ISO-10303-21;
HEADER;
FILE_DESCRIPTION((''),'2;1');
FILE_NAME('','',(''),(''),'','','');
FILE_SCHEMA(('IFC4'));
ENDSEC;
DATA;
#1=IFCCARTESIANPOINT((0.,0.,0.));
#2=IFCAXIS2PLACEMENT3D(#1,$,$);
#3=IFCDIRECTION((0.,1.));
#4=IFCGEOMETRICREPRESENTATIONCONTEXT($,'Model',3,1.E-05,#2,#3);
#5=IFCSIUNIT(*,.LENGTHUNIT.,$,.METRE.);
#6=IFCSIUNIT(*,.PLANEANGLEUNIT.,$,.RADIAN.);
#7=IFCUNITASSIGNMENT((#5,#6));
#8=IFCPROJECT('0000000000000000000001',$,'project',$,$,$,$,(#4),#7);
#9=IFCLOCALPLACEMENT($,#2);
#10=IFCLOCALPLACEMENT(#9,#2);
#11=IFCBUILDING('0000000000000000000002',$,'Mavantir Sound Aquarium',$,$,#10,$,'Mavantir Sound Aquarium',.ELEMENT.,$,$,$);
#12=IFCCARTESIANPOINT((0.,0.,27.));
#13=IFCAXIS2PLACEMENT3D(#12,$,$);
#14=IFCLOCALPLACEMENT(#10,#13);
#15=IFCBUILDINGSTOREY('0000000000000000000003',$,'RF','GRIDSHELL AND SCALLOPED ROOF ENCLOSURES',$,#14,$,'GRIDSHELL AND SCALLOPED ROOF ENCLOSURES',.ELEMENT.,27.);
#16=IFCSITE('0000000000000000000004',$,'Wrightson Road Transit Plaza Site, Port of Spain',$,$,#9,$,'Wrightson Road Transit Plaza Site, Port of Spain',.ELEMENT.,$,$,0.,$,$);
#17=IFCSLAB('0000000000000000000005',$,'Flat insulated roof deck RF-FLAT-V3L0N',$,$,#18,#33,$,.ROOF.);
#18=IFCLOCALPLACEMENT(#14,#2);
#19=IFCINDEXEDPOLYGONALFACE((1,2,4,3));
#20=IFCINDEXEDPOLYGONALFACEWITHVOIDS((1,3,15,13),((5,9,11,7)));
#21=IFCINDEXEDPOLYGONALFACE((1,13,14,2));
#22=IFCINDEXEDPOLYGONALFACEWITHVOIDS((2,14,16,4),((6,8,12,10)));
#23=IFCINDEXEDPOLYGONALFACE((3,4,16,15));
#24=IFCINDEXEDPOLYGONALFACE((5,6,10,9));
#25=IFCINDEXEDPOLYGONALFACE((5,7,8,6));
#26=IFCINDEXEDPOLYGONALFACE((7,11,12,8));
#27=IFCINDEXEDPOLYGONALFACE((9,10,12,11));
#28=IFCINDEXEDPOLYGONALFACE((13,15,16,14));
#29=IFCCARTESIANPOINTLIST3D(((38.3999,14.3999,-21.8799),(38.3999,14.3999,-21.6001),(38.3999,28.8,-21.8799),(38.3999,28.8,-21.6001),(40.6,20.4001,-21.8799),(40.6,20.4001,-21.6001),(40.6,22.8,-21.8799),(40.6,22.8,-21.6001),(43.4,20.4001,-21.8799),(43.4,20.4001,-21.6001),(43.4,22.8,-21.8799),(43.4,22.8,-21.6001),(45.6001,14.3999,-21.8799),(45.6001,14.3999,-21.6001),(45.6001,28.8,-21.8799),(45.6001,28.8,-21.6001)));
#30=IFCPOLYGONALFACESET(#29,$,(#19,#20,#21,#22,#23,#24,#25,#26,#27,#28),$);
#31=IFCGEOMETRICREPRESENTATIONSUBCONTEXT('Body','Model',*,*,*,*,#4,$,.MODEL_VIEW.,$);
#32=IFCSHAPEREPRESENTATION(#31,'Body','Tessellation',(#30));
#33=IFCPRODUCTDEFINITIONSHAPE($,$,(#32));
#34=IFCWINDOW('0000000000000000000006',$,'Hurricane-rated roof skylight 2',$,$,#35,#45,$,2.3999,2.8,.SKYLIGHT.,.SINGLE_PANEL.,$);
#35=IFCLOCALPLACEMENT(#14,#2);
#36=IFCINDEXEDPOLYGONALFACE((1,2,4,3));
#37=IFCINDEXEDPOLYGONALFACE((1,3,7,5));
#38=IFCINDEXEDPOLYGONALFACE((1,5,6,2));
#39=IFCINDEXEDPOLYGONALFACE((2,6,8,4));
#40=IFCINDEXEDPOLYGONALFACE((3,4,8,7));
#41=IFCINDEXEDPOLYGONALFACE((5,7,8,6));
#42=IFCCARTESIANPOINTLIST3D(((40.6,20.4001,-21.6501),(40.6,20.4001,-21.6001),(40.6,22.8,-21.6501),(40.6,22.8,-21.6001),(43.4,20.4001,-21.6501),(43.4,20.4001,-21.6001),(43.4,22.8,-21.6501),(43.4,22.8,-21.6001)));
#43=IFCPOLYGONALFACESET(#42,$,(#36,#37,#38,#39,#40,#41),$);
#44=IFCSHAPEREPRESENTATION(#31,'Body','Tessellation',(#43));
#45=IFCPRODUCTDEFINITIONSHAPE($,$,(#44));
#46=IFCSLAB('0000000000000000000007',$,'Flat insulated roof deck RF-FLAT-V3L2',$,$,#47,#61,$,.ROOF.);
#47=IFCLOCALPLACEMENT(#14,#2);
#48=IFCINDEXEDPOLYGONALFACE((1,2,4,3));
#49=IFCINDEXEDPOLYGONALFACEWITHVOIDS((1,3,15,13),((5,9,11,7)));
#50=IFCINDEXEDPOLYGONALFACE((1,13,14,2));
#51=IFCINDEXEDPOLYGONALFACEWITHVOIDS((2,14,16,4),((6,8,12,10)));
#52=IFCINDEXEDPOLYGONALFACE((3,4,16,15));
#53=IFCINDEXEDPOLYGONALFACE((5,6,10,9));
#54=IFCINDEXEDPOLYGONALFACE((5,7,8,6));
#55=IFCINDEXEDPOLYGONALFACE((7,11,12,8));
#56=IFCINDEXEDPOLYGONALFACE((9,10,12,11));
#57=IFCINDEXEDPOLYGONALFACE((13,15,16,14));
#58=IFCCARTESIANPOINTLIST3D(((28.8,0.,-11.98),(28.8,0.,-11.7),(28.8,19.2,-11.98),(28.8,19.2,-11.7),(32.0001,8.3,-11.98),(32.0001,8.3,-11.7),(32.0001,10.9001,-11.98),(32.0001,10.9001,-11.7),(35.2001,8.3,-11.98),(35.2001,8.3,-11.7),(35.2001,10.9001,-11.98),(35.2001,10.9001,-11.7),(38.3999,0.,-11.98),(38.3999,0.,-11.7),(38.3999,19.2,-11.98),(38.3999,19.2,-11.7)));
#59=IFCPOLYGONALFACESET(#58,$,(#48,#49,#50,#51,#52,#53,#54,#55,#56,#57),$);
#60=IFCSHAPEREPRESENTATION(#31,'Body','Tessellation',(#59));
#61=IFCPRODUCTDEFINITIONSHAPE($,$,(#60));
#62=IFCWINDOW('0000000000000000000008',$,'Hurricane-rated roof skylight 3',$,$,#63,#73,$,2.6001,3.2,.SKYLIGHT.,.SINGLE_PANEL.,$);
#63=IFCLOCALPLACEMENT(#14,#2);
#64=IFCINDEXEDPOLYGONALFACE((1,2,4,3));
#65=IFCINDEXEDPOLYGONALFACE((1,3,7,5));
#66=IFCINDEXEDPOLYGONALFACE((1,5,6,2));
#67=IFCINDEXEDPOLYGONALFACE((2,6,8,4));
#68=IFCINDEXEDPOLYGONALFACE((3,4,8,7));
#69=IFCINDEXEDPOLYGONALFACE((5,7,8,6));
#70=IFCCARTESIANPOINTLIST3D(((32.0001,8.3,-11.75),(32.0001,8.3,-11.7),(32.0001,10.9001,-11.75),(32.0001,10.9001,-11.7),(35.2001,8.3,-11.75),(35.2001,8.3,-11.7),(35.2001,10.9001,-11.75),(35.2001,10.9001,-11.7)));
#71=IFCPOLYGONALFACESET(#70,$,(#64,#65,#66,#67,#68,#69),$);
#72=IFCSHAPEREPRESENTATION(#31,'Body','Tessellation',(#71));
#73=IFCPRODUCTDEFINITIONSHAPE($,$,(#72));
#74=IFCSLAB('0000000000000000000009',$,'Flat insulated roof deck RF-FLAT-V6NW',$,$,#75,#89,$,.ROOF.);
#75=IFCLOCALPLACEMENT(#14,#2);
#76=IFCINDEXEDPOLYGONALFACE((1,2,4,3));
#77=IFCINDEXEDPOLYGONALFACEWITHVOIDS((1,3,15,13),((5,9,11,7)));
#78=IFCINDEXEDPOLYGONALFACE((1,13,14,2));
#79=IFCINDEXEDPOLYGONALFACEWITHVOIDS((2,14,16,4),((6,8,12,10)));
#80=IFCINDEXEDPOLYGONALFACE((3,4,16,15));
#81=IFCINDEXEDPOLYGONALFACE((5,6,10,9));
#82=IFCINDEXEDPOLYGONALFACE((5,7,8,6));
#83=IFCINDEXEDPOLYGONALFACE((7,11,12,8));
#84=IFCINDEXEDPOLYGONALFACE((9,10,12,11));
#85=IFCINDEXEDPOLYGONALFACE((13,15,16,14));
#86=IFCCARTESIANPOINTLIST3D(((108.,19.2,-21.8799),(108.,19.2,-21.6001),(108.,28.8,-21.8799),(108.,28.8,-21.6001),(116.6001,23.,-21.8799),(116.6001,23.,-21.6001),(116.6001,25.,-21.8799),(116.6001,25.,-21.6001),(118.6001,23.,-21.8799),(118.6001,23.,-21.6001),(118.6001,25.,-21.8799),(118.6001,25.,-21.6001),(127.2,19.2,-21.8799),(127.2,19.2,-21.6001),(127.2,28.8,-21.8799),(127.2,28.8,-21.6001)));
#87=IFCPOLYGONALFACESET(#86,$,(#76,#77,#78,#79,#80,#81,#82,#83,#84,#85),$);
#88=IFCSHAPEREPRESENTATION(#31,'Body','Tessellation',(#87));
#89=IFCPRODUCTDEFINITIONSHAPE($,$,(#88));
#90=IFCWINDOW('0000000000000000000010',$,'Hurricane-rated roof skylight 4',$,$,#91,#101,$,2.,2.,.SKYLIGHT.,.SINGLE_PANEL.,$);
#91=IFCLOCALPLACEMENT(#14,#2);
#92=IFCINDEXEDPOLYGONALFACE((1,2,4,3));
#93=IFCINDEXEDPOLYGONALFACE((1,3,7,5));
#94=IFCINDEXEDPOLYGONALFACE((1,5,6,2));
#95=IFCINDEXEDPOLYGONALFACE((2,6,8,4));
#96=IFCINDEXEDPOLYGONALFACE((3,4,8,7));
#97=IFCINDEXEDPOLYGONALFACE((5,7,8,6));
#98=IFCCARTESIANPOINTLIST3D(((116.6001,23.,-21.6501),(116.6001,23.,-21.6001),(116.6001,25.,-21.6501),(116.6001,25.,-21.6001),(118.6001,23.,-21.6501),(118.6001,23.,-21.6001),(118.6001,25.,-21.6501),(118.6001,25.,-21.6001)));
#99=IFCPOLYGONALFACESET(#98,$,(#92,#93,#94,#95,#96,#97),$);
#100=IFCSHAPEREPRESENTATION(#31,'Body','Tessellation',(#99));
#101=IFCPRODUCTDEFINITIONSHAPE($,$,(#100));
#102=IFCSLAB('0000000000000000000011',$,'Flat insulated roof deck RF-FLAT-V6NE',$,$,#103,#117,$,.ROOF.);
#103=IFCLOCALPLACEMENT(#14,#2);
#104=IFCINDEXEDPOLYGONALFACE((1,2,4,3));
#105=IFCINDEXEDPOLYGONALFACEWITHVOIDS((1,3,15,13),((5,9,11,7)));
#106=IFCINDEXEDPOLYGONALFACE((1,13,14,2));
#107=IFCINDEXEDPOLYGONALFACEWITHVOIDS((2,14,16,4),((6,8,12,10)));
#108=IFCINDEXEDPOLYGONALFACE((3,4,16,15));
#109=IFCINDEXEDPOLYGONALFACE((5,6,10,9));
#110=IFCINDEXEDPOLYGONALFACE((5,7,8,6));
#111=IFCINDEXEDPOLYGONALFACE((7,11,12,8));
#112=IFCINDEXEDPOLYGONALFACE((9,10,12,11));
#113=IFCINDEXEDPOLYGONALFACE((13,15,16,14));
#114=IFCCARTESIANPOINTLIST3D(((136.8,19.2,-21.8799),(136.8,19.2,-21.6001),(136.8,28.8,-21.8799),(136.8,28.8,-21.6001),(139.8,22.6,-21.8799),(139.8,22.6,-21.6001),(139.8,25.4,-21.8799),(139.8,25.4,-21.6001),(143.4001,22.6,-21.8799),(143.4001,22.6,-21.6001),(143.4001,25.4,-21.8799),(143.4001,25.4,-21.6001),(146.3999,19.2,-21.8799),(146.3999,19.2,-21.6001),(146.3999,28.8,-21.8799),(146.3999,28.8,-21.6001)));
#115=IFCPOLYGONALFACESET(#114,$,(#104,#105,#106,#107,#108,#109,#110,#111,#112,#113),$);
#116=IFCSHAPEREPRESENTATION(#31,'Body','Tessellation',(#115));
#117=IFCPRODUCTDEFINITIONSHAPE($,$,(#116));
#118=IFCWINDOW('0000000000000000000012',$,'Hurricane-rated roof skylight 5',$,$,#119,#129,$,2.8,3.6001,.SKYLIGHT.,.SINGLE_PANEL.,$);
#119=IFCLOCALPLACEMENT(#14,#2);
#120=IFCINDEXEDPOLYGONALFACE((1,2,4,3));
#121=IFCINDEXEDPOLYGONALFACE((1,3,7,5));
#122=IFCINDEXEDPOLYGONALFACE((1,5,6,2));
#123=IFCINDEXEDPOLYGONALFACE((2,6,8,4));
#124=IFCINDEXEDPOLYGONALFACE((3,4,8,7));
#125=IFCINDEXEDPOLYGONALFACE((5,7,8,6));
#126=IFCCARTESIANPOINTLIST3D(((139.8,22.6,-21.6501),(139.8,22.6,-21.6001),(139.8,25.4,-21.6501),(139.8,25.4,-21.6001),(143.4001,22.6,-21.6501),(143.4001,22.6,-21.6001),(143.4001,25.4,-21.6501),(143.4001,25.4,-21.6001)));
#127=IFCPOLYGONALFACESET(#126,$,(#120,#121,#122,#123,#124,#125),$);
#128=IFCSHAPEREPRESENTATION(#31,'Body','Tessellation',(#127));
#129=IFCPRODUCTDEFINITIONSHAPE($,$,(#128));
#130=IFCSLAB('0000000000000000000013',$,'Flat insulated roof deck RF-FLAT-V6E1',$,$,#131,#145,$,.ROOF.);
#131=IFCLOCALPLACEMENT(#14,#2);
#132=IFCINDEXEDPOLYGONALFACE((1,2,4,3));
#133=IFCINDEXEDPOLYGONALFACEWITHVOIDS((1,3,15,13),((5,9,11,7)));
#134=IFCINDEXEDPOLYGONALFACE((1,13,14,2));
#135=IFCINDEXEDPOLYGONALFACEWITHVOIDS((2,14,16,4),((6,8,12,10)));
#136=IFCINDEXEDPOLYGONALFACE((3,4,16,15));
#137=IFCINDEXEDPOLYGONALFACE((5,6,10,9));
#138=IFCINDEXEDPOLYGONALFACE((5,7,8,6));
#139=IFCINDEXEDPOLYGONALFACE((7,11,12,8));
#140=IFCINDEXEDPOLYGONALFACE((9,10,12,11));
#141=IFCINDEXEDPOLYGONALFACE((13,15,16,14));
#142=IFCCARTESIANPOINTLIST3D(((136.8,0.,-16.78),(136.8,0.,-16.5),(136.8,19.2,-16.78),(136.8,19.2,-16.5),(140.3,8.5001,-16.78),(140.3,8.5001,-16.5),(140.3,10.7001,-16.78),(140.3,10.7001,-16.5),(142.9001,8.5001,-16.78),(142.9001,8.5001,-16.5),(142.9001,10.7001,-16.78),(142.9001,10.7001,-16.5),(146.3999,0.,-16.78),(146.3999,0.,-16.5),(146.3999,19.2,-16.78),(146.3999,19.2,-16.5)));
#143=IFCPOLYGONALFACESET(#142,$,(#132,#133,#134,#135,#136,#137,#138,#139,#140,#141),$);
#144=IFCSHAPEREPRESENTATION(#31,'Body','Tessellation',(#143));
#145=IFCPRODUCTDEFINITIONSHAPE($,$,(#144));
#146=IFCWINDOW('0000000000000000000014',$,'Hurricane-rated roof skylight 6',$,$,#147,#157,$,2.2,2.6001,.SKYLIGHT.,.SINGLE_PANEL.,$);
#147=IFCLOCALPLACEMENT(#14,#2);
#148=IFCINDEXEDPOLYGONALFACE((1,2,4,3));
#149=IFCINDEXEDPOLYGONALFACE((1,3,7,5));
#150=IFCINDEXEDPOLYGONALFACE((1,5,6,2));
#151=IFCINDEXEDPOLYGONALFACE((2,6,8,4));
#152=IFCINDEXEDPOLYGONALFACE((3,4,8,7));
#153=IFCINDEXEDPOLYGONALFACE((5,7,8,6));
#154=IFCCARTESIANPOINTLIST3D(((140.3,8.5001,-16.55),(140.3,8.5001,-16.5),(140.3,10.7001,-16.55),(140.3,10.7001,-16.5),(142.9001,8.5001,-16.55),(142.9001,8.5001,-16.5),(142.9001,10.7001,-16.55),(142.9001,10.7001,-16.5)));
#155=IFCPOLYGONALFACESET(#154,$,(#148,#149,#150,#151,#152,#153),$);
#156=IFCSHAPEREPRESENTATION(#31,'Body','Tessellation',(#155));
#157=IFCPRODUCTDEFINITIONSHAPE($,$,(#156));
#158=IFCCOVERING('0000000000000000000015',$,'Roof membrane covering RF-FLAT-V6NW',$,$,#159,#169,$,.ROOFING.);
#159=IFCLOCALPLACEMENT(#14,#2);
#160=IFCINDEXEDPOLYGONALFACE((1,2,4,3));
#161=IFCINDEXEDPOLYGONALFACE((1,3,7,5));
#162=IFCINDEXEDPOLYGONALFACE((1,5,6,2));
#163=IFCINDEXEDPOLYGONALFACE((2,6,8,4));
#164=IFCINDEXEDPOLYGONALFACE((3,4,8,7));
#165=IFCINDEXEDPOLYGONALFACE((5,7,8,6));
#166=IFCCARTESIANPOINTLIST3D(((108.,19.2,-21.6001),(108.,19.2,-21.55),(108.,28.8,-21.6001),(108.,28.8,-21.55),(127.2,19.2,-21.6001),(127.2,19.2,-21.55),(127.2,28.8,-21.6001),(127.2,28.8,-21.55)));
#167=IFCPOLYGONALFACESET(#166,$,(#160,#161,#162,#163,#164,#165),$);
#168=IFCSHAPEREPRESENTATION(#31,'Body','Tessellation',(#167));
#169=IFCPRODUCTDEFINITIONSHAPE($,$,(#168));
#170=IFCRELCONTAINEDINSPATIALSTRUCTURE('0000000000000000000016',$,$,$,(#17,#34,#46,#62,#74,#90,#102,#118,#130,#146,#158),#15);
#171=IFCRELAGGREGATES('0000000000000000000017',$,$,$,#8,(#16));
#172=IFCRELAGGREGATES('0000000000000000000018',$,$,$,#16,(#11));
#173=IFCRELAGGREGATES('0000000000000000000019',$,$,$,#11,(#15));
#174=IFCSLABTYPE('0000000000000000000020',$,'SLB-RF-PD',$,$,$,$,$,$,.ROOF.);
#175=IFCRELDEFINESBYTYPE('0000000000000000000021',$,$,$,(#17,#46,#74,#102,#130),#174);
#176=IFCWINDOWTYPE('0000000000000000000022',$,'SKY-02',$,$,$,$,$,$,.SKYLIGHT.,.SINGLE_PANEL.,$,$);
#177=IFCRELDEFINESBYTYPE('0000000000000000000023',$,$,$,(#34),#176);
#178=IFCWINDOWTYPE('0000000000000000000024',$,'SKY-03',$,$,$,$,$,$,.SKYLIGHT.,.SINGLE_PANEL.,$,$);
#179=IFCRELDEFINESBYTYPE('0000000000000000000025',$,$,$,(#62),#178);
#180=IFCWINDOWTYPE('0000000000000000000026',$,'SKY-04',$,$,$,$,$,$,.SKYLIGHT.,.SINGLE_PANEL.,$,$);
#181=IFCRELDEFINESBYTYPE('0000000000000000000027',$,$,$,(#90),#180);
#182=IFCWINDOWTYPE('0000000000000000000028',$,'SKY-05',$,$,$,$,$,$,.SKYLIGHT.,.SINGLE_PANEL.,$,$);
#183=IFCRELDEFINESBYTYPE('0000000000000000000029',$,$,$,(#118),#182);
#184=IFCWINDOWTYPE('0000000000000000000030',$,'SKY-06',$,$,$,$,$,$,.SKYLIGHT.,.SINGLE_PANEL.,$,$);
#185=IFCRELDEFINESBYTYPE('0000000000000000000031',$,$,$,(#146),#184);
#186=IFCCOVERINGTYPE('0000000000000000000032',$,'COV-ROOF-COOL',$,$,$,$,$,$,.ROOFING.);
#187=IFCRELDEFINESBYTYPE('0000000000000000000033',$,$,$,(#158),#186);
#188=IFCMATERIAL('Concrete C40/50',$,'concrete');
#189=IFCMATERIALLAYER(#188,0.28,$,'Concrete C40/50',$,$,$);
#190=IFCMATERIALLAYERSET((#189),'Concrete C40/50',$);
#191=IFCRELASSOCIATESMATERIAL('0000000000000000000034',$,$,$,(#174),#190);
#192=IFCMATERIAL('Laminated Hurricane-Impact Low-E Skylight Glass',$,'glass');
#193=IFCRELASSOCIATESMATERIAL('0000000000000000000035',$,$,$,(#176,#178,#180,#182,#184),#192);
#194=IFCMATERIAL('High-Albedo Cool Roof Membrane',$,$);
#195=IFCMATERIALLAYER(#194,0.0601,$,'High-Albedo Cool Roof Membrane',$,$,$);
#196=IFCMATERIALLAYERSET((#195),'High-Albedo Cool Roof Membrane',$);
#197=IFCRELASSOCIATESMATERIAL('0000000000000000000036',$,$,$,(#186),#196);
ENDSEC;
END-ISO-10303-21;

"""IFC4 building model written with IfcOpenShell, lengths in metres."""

from ifc_helpers import new_model, si_unit, direction, frame, origin, origin_2d, place, context, subcontext, project, spatial, polyline, rectangle, outline, extrude, material, layer, layer_set, type_object, element, fill, save


model = new_model("IFC4")

# Units and contexts
model_context = context("Model", 3, precision=1e-05, world=origin(), true_north=direction((0.0, 1.0)))
body_context = subcontext(model_context, "Body", "Model", "MODEL_VIEW")
ifc_project = project(units=[si_unit("LENGTHUNIT", "METRE"), si_unit("PLANEANGLEUNIT", "RADIAN")], contexts=[model_context])

# Site, building, storey
site_placement = place(None, origin())
site = spatial("IfcSite", under=ifc_project, at=site_placement, Name="Wrightson Road Transit Plaza Site, Port of Spain", LongName="Wrightson Road Transit Plaza Site, Port of Spain", CompositionType="ELEMENT", RefElevation=0.0)
building_placement = place(site_placement, origin())
building = spatial("IfcBuilding", under=site, at=building_placement, Name="Mavantir Sound Aquarium", LongName="Mavantir Sound Aquarium", CompositionType="ELEMENT")
storey_placement = place(building_placement, frame((0.0, 0.0, 27.0)))
storey = spatial("IfcBuildingStorey", under=building, at=storey_placement, Name="RF", Description="GRIDSHELL AND SCALLOPED ROOF ENCLOSURES", LongName="GRIDSHELL AND SCALLOPED ROOF ENCLOSURES", CompositionType="ELEMENT", Elevation=27.0)

# Shared definitions
ifc_material_1 = material(Name="Concrete C40/50", Category="concrete")
ifc_layer_1 = layer(ifc_material_1, 0.28, Name="Concrete C40/50")
ifc_layer_set_1 = layer_set([ifc_layer_1], Name="Concrete C40/50")
slab_type_1 = type_object("IfcSlabType", Name="SLB-RF-PD", PredefinedType="ROOF", material=ifc_layer_set_1)

# Slabs, openings, windows
ifc_material_2 = material(Name="Laminated Hurricane-Impact Low-E Skylight Glass", Category="glass")
slab_1_placement = place(storey_placement, frame((0.0, 0.0, -21.8799)))
slab_1 = element("IfcSlab", 1, at=slab_1_placement, inside=storey, type_object=slab_type_1, Name="Flat insulated roof deck RF-FLAT-V3L0N", PredefinedType="ROOF", context=body_context, shape_type="SweptSolid", body=[
    extrude(outline(polyline([(38.3999, 14.3999), (45.6001, 14.3999), (45.6001, 28.8), (38.3999, 28.8), (38.3999, 14.3999)])), origin(), (0.0, 0.0, 1.0), 0.2798),
])
opening_1_placement = place(slab_1_placement, frame((42.0, 21.6001, -0.01)))
opening_1 = element("IfcOpeningElement", 2, at=opening_1_placement, cuts=slab_1, PredefinedType="OPENING", context=body_context, shape_type="SweptSolid", body=[
    extrude(rectangle(XDim=2.8, YDim=2.3999, at=origin_2d()), origin(), (0.0, 0.0, 1.0), 0.2998),
])
window_type_1 = type_object("IfcWindowType", Name="SKY-02", PartitioningType="SINGLE_PANEL", PredefinedType="SKYLIGHT", material=ifc_material_2)
window_1_placement = place(slab_1_placement, frame((42.0, 21.6001, 0.2297)))
window_1 = element("IfcWindow", 3, at=window_1_placement, inside=storey, type_object=window_type_1, Name="Hurricane-rated roof skylight 2", OverallHeight=2.3999, OverallWidth=2.8, PartitioningType="SINGLE_PANEL", PredefinedType="SKYLIGHT", context=body_context, shape_type="SweptSolid", body=[
    extrude(rectangle(XDim=2.8, YDim=2.3999, at=origin_2d()), origin(), (0.0, 0.0, 1.0), 0.05),
])
fill(opening_1, window_1)
slab_2_placement = place(storey_placement, frame((0.0, 0.0, -11.98)))
slab_2 = element("IfcSlab", 4, at=slab_2_placement, inside=storey, type_object=slab_type_1, Name="Flat insulated roof deck RF-FLAT-V3L2", PredefinedType="ROOF", context=body_context, shape_type="SweptSolid", body=[
    extrude(outline(polyline([(28.8, 0.0), (38.3999, 0.0), (38.3999, 19.2), (28.8, 19.2), (28.8, 0.0)])), origin(), (0.0, 0.0, 1.0), 0.28),
])
opening_2_placement = place(slab_2_placement, frame((33.6001, 9.6001, -0.01)))
opening_2 = element("IfcOpeningElement", 5, at=opening_2_placement, cuts=slab_2, PredefinedType="OPENING", context=body_context, shape_type="SweptSolid", body=[
    extrude(rectangle(XDim=3.2, YDim=2.6001, at=origin_2d()), origin(), (0.0, 0.0, 1.0), 0.3),
])
window_type_2 = type_object("IfcWindowType", Name="SKY-03", PartitioningType="SINGLE_PANEL", PredefinedType="SKYLIGHT", material=ifc_material_2)
window_2_placement = place(slab_2_placement, frame((33.6001, 9.6001, 0.23)))
window_2 = element("IfcWindow", 6, at=window_2_placement, inside=storey, type_object=window_type_2, Name="Hurricane-rated roof skylight 3", OverallHeight=2.6001, OverallWidth=3.2, PartitioningType="SINGLE_PANEL", PredefinedType="SKYLIGHT", context=body_context, shape_type="SweptSolid", body=[
    extrude(rectangle(XDim=3.2, YDim=2.6001, at=origin_2d()), origin(), (0.0, 0.0, 1.0), 0.05),
])
fill(opening_2, window_2)
slab_3_placement = place(storey_placement, frame((0.0, 0.0, -21.8799)))
slab_3 = element("IfcSlab", 7, at=slab_3_placement, inside=storey, type_object=slab_type_1, Name="Flat insulated roof deck RF-FLAT-V6NW", PredefinedType="ROOF", context=body_context, shape_type="SweptSolid", body=[
    extrude(outline(polyline([(108.0, 19.2), (127.2, 19.2), (127.2, 28.8), (108.0, 28.8), (108.0, 19.2)])), origin(), (0.0, 0.0, 1.0), 0.2798),
])
opening_3_placement = place(slab_3_placement, frame((117.6001, 24.0, -0.01)))
opening_3 = element("IfcOpeningElement", 8, at=opening_3_placement, cuts=slab_3, PredefinedType="OPENING", context=body_context, shape_type="SweptSolid", body=[
    extrude(rectangle(XDim=2.0, YDim=2.0, at=origin_2d()), origin(), (0.0, 0.0, 1.0), 0.2998),
])
window_type_3 = type_object("IfcWindowType", Name="SKY-04", PartitioningType="SINGLE_PANEL", PredefinedType="SKYLIGHT", material=ifc_material_2)
window_3_placement = place(slab_3_placement, frame((117.6001, 24.0, 0.2297)))
window_3 = element("IfcWindow", 9, at=window_3_placement, inside=storey, type_object=window_type_3, Name="Hurricane-rated roof skylight 4", OverallHeight=2.0, OverallWidth=2.0, PartitioningType="SINGLE_PANEL", PredefinedType="SKYLIGHT", context=body_context, shape_type="SweptSolid", body=[
    extrude(rectangle(XDim=2.0, YDim=2.0, at=origin_2d()), origin(), (0.0, 0.0, 1.0), 0.05),
])
fill(opening_3, window_3)
slab_4_placement = place(storey_placement, frame((0.0, 0.0, -21.8799)))
slab_4 = element("IfcSlab", 10, at=slab_4_placement, inside=storey, type_object=slab_type_1, Name="Flat insulated roof deck RF-FLAT-V6NE", PredefinedType="ROOF", context=body_context, shape_type="SweptSolid", body=[
    extrude(outline(polyline([(136.8, 19.2), (146.3999, 19.2), (146.3999, 28.8), (136.8, 28.8), (136.8, 19.2)])), origin(), (0.0, 0.0, 1.0), 0.2798),
])
opening_4_placement = place(slab_4_placement, frame((141.6001, 24.0, -0.01)))
opening_4 = element("IfcOpeningElement", 11, at=opening_4_placement, cuts=slab_4, PredefinedType="OPENING", context=body_context, shape_type="SweptSolid", body=[
    extrude(rectangle(XDim=3.6001, YDim=2.8, at=origin_2d()), origin(), (0.0, 0.0, 1.0), 0.2998),
])
window_type_4 = type_object("IfcWindowType", Name="SKY-05", PartitioningType="SINGLE_PANEL", PredefinedType="SKYLIGHT", material=ifc_material_2)
window_4_placement = place(slab_4_placement, frame((141.6001, 24.0, 0.2297)))
window_4 = element("IfcWindow", 12, at=window_4_placement, inside=storey, type_object=window_type_4, Name="Hurricane-rated roof skylight 5", OverallHeight=2.8, OverallWidth=3.6001, PartitioningType="SINGLE_PANEL", PredefinedType="SKYLIGHT", context=body_context, shape_type="SweptSolid", body=[
    extrude(rectangle(XDim=3.6001, YDim=2.8, at=origin_2d()), origin(), (0.0, 0.0, 1.0), 0.05),
])
fill(opening_4, window_4)
slab_5_placement = place(storey_placement, frame((0.0, 0.0, -16.78)))
slab_5 = element("IfcSlab", 13, at=slab_5_placement, inside=storey, type_object=slab_type_1, Name="Flat insulated roof deck RF-FLAT-V6E1", PredefinedType="ROOF", context=body_context, shape_type="SweptSolid", body=[
    extrude(outline(polyline([(136.8, 0.0), (146.3999, 0.0), (146.3999, 19.2), (136.8, 19.2), (136.8, 0.0)])), origin(), (0.0, 0.0, 1.0), 0.28),
])
opening_5_placement = place(slab_5_placement, frame((141.6001, 9.6001, -0.01)))
opening_5 = element("IfcOpeningElement", 14, at=opening_5_placement, cuts=slab_5, PredefinedType="OPENING", context=body_context, shape_type="SweptSolid", body=[
    extrude(rectangle(XDim=2.6001, YDim=2.2, at=origin_2d()), origin(), (0.0, 0.0, 1.0), 0.3),
])
window_type_5 = type_object("IfcWindowType", Name="SKY-06", PartitioningType="SINGLE_PANEL", PredefinedType="SKYLIGHT", material=ifc_material_2)
window_5_placement = place(slab_5_placement, frame((141.6001, 9.6001, 0.23)))
window_5 = element("IfcWindow", 15, at=window_5_placement, inside=storey, type_object=window_type_5, Name="Hurricane-rated roof skylight 6", OverallHeight=2.2, OverallWidth=2.6001, PartitioningType="SINGLE_PANEL", PredefinedType="SKYLIGHT", context=body_context, shape_type="SweptSolid", body=[
    extrude(rectangle(XDim=2.6001, YDim=2.2, at=origin_2d()), origin(), (0.0, 0.0, 1.0), 0.05),
])
fill(opening_5, window_5)

# Covering
ifc_material_3 = material(Name="High-Albedo Cool Roof Membrane")
ifc_layer_2 = layer(ifc_material_3, 0.0601, Name="High-Albedo Cool Roof Membrane")
ifc_layer_set_2 = layer_set([ifc_layer_2], Name="High-Albedo Cool Roof Membrane")
covering_type_1 = type_object("IfcCoveringType", Name="COV-ROOF-COOL", PredefinedType="ROOFING", material=ifc_layer_set_2)
covering_1_placement = place(storey_placement, frame((0.0, 0.0, -21.6001)))
element("IfcCovering", 16, at=covering_1_placement, inside=storey, type_object=covering_type_1, Name="Roof membrane covering RF-FLAT-V6NW", PredefinedType="ROOFING", context=body_context, shape_type="SweptSolid", body=[
    extrude(outline(polyline([(108.0, 19.2), (127.2, 19.2), (127.2, 28.8), (108.0, 28.8), (108.0, 19.2)])), origin(), (0.0, 0.0, 1.0), 0.05),
])

save(model, "model.ifc")
